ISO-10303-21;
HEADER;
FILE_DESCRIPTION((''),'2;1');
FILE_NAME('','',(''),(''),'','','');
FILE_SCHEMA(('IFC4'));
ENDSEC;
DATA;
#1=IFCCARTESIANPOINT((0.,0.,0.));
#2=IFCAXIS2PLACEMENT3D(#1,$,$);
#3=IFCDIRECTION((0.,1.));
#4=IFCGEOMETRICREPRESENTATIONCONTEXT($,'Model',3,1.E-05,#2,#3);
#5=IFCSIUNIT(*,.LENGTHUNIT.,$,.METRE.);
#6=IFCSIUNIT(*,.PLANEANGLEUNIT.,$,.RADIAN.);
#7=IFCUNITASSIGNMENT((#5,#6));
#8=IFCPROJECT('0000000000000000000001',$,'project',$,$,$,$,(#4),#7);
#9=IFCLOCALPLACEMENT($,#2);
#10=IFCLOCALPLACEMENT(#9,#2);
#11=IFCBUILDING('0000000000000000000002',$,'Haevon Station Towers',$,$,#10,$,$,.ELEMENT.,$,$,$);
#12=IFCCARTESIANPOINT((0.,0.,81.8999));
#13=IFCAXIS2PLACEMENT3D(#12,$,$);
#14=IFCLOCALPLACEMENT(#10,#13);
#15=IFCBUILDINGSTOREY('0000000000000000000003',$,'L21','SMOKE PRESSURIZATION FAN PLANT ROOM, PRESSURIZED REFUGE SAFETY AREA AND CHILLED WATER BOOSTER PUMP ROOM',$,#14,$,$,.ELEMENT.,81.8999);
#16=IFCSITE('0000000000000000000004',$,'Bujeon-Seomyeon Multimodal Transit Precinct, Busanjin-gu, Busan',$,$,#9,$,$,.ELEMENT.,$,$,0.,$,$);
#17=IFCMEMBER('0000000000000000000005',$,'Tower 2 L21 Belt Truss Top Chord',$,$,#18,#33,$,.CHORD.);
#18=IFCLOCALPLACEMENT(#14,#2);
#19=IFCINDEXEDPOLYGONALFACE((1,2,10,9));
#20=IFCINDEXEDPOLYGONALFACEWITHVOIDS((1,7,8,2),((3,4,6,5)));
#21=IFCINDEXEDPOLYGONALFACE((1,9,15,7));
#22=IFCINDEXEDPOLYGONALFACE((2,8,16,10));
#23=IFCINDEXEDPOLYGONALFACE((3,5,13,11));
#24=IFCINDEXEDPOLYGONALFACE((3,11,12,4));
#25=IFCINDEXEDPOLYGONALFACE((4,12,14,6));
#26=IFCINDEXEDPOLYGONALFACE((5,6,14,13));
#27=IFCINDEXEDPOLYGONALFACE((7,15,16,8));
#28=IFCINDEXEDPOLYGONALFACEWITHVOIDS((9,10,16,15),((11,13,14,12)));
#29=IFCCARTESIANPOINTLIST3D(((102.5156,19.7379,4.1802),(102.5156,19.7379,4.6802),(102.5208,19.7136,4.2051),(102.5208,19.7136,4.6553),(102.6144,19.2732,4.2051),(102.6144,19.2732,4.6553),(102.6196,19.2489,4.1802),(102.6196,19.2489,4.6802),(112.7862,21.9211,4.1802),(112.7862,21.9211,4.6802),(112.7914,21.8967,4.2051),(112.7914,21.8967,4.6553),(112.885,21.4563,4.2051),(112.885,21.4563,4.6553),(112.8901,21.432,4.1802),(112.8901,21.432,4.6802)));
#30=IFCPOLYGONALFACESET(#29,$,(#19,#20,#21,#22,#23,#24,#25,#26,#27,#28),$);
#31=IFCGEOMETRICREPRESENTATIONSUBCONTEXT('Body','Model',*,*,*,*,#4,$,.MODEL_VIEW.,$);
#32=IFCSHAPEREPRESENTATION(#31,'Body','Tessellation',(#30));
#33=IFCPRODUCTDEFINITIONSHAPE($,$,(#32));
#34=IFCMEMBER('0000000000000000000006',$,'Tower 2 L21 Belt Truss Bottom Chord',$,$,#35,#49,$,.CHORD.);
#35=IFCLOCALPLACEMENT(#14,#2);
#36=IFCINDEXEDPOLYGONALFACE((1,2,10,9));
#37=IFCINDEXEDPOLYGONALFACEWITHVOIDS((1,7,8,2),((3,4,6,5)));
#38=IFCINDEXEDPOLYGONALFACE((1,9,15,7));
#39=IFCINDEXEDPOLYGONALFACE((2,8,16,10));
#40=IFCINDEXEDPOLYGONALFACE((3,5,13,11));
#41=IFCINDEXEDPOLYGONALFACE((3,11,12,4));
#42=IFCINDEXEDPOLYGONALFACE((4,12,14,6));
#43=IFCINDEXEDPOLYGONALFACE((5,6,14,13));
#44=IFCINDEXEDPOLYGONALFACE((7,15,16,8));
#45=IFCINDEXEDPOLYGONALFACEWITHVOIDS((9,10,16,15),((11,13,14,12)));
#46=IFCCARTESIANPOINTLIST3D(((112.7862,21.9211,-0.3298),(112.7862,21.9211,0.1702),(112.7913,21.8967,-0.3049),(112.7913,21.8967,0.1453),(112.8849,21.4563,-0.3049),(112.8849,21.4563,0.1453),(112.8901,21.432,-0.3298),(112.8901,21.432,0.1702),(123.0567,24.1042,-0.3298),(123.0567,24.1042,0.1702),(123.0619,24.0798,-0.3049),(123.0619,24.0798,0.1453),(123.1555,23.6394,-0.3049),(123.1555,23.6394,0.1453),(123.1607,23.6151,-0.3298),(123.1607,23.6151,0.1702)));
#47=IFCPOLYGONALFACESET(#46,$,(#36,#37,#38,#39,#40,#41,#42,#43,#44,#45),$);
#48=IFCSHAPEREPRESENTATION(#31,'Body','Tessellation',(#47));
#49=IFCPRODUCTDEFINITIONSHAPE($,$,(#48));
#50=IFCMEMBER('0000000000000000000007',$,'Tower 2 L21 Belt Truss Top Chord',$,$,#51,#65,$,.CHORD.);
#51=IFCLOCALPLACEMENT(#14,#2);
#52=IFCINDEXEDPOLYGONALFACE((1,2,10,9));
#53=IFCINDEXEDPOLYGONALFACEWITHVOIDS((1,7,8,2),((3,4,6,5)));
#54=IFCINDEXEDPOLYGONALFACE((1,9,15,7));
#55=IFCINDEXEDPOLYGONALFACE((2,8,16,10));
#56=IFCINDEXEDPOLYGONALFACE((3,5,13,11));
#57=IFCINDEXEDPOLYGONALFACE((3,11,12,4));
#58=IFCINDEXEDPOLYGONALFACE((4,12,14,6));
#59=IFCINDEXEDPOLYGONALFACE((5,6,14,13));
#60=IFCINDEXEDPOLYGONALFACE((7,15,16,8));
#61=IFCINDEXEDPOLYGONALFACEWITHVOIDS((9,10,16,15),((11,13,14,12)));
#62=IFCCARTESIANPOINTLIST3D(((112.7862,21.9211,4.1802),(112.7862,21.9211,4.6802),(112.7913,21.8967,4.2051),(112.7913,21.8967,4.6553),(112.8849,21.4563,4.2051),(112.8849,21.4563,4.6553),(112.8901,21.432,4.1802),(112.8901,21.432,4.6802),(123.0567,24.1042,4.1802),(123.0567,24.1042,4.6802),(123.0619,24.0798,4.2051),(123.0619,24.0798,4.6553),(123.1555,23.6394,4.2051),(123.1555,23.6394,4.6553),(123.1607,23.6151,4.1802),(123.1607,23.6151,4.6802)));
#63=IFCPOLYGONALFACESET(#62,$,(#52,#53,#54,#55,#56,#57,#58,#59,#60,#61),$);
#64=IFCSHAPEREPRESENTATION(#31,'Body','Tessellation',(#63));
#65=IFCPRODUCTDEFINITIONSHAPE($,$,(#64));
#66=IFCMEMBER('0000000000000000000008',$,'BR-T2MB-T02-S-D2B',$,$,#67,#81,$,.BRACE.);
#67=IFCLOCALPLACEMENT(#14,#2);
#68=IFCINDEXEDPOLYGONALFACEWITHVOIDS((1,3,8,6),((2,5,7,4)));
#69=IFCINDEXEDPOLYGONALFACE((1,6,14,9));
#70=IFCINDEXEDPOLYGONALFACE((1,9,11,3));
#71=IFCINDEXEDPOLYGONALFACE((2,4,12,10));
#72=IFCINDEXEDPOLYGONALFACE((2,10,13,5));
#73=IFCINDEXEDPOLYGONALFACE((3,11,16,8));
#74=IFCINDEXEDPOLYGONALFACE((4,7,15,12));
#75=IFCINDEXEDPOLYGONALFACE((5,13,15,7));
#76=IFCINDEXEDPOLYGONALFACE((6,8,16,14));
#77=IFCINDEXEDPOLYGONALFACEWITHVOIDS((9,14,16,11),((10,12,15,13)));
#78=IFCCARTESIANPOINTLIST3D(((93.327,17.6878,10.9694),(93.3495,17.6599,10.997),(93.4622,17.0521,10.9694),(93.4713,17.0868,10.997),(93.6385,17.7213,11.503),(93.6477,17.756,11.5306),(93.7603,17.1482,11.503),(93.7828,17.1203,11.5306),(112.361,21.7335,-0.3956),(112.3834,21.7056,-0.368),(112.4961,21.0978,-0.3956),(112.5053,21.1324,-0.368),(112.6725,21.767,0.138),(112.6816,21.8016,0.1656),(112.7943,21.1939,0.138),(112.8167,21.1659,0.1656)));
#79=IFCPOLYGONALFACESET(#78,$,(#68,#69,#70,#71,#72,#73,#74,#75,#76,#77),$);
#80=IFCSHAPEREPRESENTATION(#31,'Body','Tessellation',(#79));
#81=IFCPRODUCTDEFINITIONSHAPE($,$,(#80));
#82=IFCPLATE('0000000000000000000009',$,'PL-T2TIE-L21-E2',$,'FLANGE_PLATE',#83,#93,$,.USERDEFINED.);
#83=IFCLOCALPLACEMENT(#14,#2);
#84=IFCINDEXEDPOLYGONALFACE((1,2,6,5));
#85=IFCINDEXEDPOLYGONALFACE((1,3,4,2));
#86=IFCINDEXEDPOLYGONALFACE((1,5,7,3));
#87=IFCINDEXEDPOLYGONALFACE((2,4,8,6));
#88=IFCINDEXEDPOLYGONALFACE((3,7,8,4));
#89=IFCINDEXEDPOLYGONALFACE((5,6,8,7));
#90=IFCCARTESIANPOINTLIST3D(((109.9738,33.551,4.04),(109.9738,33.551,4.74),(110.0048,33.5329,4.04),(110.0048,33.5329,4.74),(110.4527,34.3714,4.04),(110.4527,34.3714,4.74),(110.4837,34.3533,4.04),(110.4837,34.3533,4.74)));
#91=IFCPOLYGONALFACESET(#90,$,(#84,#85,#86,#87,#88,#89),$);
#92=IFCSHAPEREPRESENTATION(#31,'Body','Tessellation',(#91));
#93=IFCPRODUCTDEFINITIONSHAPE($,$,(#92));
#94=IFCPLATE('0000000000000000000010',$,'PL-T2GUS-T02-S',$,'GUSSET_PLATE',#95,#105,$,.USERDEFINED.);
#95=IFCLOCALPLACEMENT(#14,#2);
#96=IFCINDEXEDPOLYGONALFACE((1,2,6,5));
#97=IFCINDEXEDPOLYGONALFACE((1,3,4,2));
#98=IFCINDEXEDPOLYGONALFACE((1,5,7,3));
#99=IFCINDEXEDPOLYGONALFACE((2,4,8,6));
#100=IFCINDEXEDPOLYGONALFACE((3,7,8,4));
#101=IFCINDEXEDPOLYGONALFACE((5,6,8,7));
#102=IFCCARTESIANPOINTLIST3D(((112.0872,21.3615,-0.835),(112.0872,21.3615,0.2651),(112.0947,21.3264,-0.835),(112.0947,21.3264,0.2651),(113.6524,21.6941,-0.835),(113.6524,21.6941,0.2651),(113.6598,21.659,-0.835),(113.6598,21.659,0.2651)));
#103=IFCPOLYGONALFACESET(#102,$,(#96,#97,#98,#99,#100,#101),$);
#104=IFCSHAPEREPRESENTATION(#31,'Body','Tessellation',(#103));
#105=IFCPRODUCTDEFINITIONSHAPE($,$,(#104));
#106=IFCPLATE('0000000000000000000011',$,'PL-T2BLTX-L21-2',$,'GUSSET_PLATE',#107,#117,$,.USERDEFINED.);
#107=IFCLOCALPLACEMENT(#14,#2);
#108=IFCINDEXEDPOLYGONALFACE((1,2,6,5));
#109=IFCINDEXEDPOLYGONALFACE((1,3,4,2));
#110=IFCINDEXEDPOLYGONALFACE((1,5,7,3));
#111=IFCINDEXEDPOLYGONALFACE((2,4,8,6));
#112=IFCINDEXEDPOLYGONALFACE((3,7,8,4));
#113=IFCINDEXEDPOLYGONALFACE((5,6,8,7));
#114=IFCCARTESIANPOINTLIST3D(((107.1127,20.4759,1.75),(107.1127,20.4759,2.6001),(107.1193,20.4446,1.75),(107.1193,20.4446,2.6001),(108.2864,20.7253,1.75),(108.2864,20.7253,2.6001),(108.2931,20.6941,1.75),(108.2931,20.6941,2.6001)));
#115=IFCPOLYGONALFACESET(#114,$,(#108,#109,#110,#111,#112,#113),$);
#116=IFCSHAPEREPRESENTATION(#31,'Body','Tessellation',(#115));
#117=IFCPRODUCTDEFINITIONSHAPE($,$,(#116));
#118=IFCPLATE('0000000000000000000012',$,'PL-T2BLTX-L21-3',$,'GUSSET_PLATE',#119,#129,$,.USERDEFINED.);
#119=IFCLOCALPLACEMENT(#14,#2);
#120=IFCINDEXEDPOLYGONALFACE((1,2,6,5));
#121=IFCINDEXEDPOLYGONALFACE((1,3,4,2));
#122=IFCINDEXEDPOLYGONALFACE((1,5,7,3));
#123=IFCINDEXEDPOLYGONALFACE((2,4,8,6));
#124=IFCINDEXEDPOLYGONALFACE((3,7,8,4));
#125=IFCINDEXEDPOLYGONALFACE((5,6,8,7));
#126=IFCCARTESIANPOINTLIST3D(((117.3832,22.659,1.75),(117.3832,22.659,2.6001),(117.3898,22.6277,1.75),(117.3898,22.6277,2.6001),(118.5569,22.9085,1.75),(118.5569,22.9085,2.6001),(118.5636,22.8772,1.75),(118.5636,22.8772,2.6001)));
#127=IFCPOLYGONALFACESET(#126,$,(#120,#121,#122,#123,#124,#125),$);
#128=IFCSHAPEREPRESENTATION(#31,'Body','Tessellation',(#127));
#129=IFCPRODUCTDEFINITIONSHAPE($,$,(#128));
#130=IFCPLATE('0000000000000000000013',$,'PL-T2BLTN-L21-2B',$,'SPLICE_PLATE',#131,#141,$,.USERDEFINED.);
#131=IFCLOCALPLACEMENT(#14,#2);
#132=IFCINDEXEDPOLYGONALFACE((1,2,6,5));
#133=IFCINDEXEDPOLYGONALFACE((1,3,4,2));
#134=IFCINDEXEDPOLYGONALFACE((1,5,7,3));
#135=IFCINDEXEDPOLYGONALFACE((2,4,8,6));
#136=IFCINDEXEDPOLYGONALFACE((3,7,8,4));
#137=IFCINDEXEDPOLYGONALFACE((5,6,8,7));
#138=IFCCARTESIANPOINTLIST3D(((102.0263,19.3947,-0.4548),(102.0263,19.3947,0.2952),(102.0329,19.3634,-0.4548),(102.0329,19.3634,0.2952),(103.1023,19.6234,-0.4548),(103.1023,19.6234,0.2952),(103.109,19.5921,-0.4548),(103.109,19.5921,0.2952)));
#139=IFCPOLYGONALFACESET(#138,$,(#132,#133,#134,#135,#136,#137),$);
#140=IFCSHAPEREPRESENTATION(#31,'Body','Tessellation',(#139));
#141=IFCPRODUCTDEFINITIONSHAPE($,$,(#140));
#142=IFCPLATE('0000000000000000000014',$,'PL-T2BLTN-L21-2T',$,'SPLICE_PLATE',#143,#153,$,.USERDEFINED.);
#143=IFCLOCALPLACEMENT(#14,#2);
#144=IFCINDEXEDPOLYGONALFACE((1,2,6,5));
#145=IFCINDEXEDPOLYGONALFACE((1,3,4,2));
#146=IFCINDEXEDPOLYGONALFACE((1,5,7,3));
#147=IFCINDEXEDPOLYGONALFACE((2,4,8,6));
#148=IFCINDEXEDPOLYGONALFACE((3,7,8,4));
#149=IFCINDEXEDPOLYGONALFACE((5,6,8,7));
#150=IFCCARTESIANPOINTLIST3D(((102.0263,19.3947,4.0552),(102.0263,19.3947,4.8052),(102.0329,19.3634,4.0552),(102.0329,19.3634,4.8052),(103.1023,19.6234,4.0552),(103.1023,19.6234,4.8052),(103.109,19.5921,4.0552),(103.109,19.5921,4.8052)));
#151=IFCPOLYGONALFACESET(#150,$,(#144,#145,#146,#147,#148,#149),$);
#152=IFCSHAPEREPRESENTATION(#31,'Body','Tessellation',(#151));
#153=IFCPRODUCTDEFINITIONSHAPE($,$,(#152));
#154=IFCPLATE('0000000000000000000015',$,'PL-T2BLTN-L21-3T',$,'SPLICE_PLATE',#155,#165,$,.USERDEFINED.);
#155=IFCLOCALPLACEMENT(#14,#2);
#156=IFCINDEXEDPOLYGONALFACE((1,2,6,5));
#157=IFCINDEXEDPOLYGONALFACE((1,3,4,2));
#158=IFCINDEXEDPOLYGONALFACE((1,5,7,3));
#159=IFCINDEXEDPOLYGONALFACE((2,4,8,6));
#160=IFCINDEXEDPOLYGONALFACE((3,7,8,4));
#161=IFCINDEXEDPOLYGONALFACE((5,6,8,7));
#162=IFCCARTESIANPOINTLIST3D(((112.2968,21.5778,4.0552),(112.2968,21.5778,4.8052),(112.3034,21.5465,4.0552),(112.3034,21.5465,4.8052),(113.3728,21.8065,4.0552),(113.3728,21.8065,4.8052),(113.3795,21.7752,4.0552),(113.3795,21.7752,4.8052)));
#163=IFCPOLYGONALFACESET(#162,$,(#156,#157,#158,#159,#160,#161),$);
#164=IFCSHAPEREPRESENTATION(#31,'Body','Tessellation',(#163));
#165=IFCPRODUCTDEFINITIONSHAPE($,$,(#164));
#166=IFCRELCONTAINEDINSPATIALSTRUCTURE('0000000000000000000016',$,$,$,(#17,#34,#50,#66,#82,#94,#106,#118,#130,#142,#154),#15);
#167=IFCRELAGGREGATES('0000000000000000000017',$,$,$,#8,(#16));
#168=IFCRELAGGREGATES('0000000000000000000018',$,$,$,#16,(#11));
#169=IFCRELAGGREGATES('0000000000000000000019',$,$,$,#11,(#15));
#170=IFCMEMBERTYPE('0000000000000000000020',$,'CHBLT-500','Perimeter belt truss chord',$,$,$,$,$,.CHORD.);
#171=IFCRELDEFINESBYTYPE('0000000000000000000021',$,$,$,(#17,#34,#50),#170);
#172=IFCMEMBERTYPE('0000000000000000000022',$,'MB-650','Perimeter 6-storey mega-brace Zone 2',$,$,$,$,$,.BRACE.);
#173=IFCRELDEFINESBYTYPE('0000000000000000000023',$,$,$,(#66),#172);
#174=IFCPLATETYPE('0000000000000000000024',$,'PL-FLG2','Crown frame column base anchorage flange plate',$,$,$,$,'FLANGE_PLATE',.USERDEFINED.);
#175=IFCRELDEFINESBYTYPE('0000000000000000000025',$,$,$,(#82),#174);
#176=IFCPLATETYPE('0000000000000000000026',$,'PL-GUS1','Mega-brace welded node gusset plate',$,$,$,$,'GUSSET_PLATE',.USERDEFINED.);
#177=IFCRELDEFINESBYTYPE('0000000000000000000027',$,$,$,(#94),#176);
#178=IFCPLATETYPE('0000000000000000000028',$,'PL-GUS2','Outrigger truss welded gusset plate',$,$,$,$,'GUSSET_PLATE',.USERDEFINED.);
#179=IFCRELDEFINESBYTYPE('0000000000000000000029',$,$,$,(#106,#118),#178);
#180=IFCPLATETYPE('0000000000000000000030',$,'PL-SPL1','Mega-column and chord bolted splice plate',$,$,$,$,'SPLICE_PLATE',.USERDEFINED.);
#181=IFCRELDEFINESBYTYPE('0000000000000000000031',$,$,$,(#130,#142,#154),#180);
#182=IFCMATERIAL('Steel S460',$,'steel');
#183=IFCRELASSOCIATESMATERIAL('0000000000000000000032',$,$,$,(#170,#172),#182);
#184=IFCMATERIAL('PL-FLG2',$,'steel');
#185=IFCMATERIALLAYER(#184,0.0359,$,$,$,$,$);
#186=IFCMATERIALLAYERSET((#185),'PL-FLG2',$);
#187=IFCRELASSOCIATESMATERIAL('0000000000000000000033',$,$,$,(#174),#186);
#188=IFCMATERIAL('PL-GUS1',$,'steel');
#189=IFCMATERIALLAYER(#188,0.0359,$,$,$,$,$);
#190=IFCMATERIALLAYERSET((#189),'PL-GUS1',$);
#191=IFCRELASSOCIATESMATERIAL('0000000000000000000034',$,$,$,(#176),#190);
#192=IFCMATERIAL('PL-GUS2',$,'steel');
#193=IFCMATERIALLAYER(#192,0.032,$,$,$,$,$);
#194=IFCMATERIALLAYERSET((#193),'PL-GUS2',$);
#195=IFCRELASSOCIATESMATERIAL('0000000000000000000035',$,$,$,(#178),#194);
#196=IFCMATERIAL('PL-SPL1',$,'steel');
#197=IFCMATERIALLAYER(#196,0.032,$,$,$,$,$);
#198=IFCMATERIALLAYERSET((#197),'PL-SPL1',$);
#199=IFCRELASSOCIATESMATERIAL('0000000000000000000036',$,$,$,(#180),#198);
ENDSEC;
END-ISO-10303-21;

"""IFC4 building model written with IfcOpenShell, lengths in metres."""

from ifc_helpers import new_model, si_unit, direction, frame, origin, origin_2d, place, context, subcontext, project, spatial, rectangle, hollow_rectangle, extrude, material, layer, layer_set, material_profile, profile_set, type_object, element, save


model = new_model("IFC4")

# Units and contexts
model_context = context("Model", 3, precision=1e-05, world=origin(), true_north=direction((0.0, 1.0)))
body_context = subcontext(model_context, "Body", "Model", "MODEL_VIEW")
ifc_project = project(units=[si_unit("LENGTHUNIT", "METRE"), si_unit("PLANEANGLEUNIT", "RADIAN")], contexts=[model_context])

# Site, building, storey
site_placement = place(None, origin())
site = spatial("IfcSite", under=ifc_project, at=site_placement, Name="Bujeon-Seomyeon Multimodal Transit Precinct, Busanjin-gu, Busan", CompositionType="ELEMENT", RefElevation=0.0)
building_placement = place(site_placement, origin())
building = spatial("IfcBuilding", under=site, at=building_placement, Name="Haevon Station Towers", CompositionType="ELEMENT")
storey_placement = place(building_placement, frame((0.0, 0.0, 81.8999)))
storey = spatial("IfcBuildingStorey", under=building, at=storey_placement, Name="L21", Description="SMOKE PRESSURIZATION FAN PLANT ROOM, PRESSURIZED REFUGE SAFETY AREA AND CHILLED WATER BOOSTER PUMP ROOM", CompositionType="ELEMENT", Elevation=81.8999)

# Shared definitions
ifc_material_1 = material(Name="Steel S460", Category="steel")

# Members
ifc_material_profile_1 = material_profile(ifc_material_1, hollow_rectangle(XDim=0.5, YDim=0.5, WallThickness=0.0249, at=origin_2d()), Name="RHS-500x500x25")
ifc_profile_set_1 = profile_set([ifc_material_profile_1], Name="Steel S460")
member_type_1 = type_object("IfcMemberType", Name="CHBLT-500", Description="Perimeter belt truss chord", PredefinedType="CHORD", material=ifc_profile_set_1)
for number, where, z_axis, x_axis, name in (
    (1, (102.5676, 19.4934, 4.4302), (0.978147, 0.207915, 0.0), (-0.207915, 0.978147, 0.0), "Tower 2 L21 Belt Truss Top Chord"),
    (2, (112.8381, 21.6765, -0.0798), (0.978147, 0.207915, 0.0), (-0.207915, 0.978147, 0.0), "Tower 2 L21 Belt Truss Bottom Chord"),
    (3, (112.8381, 21.6765, 4.4302), (0.978147, 0.207915, 0.0), (-0.207915, 0.978147, 0.0), "Tower 2 L21 Belt Truss Top Chord"),
):
    element("IfcMember", number, at=place(storey_placement, frame(where, z_axis=z_axis, x_axis=x_axis)), inside=storey, type_object=member_type_1, Name=name, PredefinedType="CHORD", context=body_context, shape_type="SweptSolid", body=[
        extrude(hollow_rectangle(XDim=0.5, YDim=0.5, WallThickness=0.0249, at=origin_2d()), origin(), (0.0, 0.0, 1.0), 10.5),
    ])
ifc_material_profile_2 = material_profile(ifc_material_1, hollow_rectangle(XDim=0.6499, YDim=0.6499, WallThickness=0.032, at=origin_2d()), Name="RHS-650x650x32")
ifc_profile_set_2 = profile_set([ifc_material_profile_2], Name="Steel S460")
member_type_2 = type_object("IfcMemberType", Name="MB-650", Description="Perimeter 6-storey mega-brace Zone 2", PredefinedType="BRACE", material=ifc_profile_set_2)
member_1_placement = place(storey_placement, frame((112.5889, 21.4497, -0.115), z_axis=(-0.844643, -0.179529, 0.504329), x_axis=(0.207905, -0.978149, 0.0)))
element("IfcMember", 4, at=member_1_placement, inside=storey, type_object=member_type_2, Name="BR-T2MB-T02-S-D2B", PredefinedType="BRACE", context=body_context, shape_type="SweptSolid", body=[
    extrude(hollow_rectangle(XDim=0.6499, YDim=0.6499, WallThickness=0.032, at=origin_2d()), origin(), (0.0, 0.0, 1.0), 22.5349),
])

# Plates
ifc_material_2 = material(Name="PL-FLG2", Category="steel")
ifc_layer_1 = layer(ifc_material_2, 0.0359)
ifc_layer_set_1 = layer_set([ifc_layer_1], Name="PL-FLG2")
plate_type_1 = type_object("IfcPlateType", Name="PL-FLG2", Description="Crown frame column base anchorage flange plate", ElementType="FLANGE_PLATE", PredefinedType="USERDEFINED", material=ifc_layer_set_1)
plate_1_placement = place(storey_placement, frame((110.2288, 33.9521, 4.04), z_axis=(0.0, 0.0, 1.0), x_axis=(0.504131, 0.863627, 0.0)))
element("IfcPlate", 5, at=plate_1_placement, inside=storey, type_object=plate_type_1, Name="PL-T2TIE-L21-E2", ObjectType="FLANGE_PLATE", PredefinedType="USERDEFINED", context=body_context, shape_type="SweptSolid", body=[
    extrude(rectangle(XDim=0.95, YDim=0.0359, at=origin_2d()), origin(), (0.0, 0.0, 1.0), 0.7),
])
ifc_material_3 = material(Name="PL-GUS1", Category="steel")
ifc_layer_2 = layer(ifc_material_3, 0.0359)
ifc_layer_set_2 = layer_set([ifc_layer_2], Name="PL-GUS1")
plate_type_2 = type_object("IfcPlateType", Name="PL-GUS1", Description="Mega-brace welded node gusset plate", ElementType="GUSSET_PLATE", PredefinedType="USERDEFINED", material=ifc_layer_set_2)
plate_2_placement = place(storey_placement, frame((112.8735, 21.5103, -0.835), z_axis=(0.0, 0.0, 1.0), x_axis=(0.978148, 0.207912, 0.0)))
element("IfcPlate", 6, at=plate_2_placement, inside=storey, type_object=plate_type_2, Name="PL-T2GUS-T02-S", ObjectType="GUSSET_PLATE", PredefinedType="USERDEFINED", context=body_context, shape_type="SweptSolid", body=[
    extrude(rectangle(XDim=1.6001, YDim=0.0359, at=origin_2d()), origin(), (0.0, 0.0, 1.0), 1.1001),
])
ifc_material_4 = material(Name="PL-GUS2", Category="steel")
ifc_layer_3 = layer(ifc_material_4, 0.032)
ifc_layer_set_3 = layer_set([ifc_layer_3], Name="PL-GUS2")
plate_type_3 = type_object("IfcPlateType", Name="PL-GUS2", Description="Outrigger truss welded gusset plate", ElementType="GUSSET_PLATE", PredefinedType="USERDEFINED", material=ifc_layer_set_3)
for number, where, z_axis, x_axis, name in (
    (7, (107.7029, 20.585, 1.75), (0.0, 0.0, 1.0), (0.978148, 0.207912, 0.0), "PL-T2BLTX-L21-2"),
    (8, (117.9734, 22.7681, 1.75), (0.0, 0.0, 1.0), (0.978148, 0.207912, 0.0), "PL-T2BLTX-L21-3"),
):
    element("IfcPlate", number, at=place(storey_placement, frame(where, z_axis=z_axis, x_axis=x_axis)), inside=storey, type_object=plate_type_3, Name=name, ObjectType="GUSSET_PLATE", PredefinedType="USERDEFINED", context=body_context, shape_type="SweptSolid", body=[
        extrude(rectangle(XDim=1.2, YDim=0.032, at=origin_2d()), origin(), (0.0, 0.0, 1.0), 0.8501),
    ])
ifc_material_5 = material(Name="PL-SPL1", Category="steel")
ifc_layer_4 = layer(ifc_material_5, 0.032)
ifc_layer_set_4 = layer_set([ifc_layer_4], Name="PL-SPL1")
plate_type_4 = type_object("IfcPlateType", Name="PL-SPL1", Description="Mega-column and chord bolted splice plate", ElementType="SPLICE_PLATE", PredefinedType="USERDEFINED", material=ifc_layer_set_4)
for number, where, z_axis, x_axis, name in (
    (9, (102.5676, 19.4934, -0.4548), (0.0, 0.0, 1.0), (0.978148, 0.207912, 0.0), "PL-T2BLTN-L21-2B"),
    (10, (102.5676, 19.4934, 4.0552), (0.0, 0.0, 1.0), (0.978148, 0.207912, 0.0), "PL-T2BLTN-L21-2T"),
    (11, (112.8381, 21.6765, 4.0552), (0.0, 0.0, 1.0), (0.978148, 0.207912, 0.0), "PL-T2BLTN-L21-3T"),
):
    element("IfcPlate", number, at=place(storey_placement, frame(where, z_axis=z_axis, x_axis=x_axis)), inside=storey, type_object=plate_type_4, Name=name, ObjectType="SPLICE_PLATE", PredefinedType="USERDEFINED", context=body_context, shape_type="SweptSolid", body=[
        extrude(rectangle(XDim=1.1001, YDim=0.032, at=origin_2d()), origin(), (0.0, 0.0, 1.0), 0.75),
    ])

save(model, "model.ifc")
